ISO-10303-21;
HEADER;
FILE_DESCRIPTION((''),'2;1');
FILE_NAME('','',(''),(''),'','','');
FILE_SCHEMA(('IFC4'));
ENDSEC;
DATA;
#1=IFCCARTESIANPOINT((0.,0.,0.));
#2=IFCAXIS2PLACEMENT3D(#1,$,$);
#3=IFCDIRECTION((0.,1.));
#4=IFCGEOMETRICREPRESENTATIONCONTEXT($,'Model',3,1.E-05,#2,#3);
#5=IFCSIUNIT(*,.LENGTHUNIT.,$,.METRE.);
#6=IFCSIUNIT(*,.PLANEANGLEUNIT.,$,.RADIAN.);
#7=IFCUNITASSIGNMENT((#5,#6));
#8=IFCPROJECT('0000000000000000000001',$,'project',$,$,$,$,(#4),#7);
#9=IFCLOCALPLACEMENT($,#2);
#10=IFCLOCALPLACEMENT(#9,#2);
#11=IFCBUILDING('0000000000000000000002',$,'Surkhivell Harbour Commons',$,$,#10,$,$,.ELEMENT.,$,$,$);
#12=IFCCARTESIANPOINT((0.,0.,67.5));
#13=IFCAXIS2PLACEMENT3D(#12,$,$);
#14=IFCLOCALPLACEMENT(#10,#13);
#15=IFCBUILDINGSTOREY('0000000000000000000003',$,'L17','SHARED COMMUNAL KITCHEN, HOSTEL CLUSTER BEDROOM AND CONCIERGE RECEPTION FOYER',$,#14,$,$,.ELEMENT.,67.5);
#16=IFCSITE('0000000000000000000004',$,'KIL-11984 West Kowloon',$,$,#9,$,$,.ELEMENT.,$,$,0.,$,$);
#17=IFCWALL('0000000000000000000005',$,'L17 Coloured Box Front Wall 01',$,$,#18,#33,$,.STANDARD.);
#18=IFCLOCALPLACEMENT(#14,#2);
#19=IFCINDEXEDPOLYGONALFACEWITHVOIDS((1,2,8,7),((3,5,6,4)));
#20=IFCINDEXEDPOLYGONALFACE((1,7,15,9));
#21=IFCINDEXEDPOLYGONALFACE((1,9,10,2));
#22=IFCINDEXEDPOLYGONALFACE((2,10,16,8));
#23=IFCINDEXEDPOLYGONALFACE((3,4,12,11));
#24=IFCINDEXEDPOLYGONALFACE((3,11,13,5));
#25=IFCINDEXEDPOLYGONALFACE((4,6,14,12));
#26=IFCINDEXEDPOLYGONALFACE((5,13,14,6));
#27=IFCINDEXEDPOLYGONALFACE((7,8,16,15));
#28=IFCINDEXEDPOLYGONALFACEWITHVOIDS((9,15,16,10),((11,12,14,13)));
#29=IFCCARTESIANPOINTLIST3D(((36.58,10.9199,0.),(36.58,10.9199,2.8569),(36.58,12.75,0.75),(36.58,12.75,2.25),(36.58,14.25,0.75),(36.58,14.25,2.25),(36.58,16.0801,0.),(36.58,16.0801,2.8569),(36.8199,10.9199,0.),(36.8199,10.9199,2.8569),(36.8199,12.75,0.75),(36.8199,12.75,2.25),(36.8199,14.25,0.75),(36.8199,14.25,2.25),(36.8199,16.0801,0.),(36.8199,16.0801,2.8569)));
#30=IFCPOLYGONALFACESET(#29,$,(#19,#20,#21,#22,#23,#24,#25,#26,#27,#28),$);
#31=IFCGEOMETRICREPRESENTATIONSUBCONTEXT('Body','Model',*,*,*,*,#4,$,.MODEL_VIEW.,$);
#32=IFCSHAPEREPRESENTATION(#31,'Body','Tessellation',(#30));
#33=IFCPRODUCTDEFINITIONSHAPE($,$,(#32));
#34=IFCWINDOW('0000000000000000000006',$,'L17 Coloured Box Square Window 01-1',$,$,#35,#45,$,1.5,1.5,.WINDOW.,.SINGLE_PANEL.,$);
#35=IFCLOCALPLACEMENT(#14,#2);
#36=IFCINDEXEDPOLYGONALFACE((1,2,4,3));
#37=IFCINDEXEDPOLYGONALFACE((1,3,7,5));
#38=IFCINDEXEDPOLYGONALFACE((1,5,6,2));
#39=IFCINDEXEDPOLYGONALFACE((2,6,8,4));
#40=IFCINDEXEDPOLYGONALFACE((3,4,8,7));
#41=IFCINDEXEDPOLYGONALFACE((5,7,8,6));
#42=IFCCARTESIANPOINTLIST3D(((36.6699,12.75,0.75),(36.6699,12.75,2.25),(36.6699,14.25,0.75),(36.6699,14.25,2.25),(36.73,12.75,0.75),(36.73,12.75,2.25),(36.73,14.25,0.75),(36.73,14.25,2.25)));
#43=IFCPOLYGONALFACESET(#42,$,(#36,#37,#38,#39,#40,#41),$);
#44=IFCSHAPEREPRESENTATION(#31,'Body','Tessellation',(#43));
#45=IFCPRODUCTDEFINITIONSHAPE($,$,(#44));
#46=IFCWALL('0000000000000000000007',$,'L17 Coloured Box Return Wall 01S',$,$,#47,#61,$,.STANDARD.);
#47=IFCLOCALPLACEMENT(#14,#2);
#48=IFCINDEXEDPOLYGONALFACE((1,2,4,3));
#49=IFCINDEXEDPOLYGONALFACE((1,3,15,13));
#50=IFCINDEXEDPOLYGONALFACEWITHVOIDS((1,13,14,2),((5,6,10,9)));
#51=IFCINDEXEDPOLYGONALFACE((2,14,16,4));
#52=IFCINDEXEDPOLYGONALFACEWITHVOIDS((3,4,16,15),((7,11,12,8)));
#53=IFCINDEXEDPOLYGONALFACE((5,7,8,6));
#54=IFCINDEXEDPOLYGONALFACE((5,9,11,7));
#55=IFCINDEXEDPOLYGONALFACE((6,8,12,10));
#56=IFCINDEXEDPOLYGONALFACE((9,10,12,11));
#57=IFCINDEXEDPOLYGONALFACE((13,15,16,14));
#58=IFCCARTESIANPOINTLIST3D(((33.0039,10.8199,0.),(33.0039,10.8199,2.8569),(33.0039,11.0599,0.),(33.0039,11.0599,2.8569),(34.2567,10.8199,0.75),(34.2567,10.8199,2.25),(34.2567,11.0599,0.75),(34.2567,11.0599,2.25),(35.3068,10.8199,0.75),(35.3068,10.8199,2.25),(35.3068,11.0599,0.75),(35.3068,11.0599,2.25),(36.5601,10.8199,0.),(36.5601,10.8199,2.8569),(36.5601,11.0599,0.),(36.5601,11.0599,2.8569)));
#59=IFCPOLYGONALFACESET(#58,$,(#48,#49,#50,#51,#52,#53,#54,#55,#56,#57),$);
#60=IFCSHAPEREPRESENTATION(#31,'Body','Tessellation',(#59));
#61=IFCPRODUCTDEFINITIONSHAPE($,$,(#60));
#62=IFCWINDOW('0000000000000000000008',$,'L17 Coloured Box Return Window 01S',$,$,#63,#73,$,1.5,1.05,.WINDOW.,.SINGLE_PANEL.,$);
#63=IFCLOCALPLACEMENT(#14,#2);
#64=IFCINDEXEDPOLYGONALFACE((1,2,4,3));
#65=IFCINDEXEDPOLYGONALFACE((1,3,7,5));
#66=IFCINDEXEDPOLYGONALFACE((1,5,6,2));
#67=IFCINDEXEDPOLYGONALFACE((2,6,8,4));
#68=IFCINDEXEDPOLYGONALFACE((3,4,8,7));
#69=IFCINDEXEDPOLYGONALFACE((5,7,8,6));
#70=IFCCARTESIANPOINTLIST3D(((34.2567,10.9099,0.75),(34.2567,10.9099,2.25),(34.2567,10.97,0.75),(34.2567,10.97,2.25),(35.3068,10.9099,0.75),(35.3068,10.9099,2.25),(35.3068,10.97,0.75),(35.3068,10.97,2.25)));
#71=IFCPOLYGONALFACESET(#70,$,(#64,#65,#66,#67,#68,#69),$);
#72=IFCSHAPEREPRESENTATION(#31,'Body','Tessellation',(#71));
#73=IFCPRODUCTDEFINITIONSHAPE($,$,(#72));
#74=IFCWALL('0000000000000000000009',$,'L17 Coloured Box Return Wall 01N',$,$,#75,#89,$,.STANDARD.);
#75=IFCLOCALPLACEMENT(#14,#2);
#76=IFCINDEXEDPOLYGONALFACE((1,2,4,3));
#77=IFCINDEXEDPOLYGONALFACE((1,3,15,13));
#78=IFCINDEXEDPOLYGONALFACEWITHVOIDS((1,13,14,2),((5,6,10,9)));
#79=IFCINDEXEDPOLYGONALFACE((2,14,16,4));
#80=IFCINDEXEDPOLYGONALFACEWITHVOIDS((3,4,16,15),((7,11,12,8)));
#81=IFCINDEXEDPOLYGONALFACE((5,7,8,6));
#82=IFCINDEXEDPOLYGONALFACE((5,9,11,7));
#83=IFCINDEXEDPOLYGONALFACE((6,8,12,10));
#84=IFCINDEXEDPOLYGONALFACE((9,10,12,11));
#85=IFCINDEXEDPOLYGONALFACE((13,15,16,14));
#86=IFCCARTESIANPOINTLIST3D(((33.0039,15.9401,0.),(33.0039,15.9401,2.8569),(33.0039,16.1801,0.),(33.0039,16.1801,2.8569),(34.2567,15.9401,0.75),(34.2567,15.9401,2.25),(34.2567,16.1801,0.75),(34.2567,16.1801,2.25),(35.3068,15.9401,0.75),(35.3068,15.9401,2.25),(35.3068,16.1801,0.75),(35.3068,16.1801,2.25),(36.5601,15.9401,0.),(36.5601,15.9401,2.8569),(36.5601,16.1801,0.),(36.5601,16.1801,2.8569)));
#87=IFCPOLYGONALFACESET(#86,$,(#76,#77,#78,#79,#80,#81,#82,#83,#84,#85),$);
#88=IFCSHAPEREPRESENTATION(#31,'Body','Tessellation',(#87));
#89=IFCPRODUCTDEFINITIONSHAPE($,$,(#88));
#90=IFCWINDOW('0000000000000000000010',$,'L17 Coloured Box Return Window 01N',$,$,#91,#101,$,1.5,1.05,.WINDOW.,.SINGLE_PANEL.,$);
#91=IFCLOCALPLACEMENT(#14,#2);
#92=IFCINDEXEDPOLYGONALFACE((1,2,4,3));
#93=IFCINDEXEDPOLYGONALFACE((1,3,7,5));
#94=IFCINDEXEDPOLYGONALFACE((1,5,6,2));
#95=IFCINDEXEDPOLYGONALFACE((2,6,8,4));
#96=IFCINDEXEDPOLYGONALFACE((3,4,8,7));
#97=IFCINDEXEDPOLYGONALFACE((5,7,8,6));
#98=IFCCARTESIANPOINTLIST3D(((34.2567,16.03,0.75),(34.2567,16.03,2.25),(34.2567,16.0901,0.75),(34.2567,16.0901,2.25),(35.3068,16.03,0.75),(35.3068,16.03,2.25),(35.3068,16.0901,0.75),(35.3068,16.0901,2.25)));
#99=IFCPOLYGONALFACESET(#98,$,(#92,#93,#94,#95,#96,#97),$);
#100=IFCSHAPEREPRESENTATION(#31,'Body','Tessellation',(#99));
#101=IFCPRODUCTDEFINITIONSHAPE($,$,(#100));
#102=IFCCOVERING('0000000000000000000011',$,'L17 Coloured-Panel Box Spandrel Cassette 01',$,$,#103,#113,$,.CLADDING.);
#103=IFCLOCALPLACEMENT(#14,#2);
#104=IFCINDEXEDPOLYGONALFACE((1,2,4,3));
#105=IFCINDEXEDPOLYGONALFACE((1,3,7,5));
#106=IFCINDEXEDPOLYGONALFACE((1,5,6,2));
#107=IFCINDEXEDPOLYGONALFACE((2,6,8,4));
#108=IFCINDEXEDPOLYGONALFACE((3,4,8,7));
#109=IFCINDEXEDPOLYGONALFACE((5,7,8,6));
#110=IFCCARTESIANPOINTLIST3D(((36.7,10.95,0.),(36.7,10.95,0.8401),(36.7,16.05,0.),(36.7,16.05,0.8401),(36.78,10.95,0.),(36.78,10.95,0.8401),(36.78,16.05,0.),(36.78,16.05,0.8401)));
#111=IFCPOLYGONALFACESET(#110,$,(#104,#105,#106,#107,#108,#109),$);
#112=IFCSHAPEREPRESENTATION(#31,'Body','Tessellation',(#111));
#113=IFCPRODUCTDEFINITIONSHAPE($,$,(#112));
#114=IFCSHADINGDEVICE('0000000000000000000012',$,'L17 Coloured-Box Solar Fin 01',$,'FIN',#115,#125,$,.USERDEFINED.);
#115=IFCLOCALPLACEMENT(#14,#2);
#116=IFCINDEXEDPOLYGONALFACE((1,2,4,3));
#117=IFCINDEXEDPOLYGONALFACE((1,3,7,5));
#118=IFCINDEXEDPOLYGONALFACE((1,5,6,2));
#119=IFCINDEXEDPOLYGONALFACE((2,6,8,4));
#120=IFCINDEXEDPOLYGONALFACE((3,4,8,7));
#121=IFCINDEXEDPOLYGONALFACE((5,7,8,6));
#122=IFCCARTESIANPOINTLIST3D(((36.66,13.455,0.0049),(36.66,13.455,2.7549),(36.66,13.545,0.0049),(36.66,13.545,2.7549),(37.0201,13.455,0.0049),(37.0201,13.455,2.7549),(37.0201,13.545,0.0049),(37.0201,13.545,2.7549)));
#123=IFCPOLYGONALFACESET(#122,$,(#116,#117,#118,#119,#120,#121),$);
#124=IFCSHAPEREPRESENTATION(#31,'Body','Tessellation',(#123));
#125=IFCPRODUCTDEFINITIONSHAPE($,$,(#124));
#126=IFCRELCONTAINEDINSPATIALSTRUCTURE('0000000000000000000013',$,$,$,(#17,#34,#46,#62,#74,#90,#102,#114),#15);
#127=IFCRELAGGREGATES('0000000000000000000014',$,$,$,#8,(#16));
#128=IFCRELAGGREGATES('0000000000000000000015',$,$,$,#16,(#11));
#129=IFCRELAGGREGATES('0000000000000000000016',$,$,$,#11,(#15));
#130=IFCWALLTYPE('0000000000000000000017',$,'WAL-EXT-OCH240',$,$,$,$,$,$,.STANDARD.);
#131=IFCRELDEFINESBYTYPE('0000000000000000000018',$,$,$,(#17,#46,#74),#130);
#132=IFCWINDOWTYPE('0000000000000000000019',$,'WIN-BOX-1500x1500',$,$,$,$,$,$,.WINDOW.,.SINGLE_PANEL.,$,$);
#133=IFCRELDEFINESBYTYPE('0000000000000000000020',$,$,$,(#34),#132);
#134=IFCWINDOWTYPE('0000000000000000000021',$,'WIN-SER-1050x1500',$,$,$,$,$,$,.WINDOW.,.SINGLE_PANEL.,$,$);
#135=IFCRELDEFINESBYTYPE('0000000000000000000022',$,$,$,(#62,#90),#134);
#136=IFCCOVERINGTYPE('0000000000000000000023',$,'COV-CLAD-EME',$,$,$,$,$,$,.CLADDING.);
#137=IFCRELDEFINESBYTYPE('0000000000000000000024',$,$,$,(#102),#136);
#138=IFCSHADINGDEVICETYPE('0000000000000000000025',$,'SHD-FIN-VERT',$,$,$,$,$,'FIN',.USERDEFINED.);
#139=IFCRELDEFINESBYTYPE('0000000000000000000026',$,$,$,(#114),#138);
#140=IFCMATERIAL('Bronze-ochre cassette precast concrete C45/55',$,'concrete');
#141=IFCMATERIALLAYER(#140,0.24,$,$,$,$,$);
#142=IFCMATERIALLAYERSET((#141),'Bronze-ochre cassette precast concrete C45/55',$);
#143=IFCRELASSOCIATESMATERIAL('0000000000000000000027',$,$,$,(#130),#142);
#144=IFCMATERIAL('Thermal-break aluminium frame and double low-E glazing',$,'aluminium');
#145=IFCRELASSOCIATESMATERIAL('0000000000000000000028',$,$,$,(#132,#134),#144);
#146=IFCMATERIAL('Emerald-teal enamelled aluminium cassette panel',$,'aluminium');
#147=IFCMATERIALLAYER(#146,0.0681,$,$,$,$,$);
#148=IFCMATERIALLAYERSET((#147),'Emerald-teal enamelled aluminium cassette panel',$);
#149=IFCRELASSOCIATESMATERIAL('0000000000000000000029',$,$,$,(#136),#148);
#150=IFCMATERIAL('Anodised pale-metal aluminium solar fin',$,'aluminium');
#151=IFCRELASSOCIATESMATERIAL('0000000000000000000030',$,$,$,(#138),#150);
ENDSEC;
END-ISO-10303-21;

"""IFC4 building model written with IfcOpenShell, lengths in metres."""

from ifc_helpers import new_model, si_unit, direction, frame, frame_2d, origin, origin_2d, place, context, subcontext, project, spatial, rectangle, extrude, material, layer, layer_set, type_object, element, fill, save


model = new_model("IFC4")

# Units and contexts
model_context = context("Model", 3, precision=1e-05, world=origin(), true_north=direction((0.0, 1.0)))
body_context = subcontext(model_context, "Body", "Model", "MODEL_VIEW")
ifc_project = project(units=[si_unit("LENGTHUNIT", "METRE"), si_unit("PLANEANGLEUNIT", "RADIAN")], contexts=[model_context])

# Site, building, storey
site_placement = place(None, origin())
site = spatial("IfcSite", under=ifc_project, at=site_placement, Name="KIL-11984 West Kowloon", CompositionType="ELEMENT", RefElevation=0.0)
building_placement = place(site_placement, origin())
building = spatial("IfcBuilding", under=site, at=building_placement, Name="Surkhivell Harbour Commons", CompositionType="ELEMENT")
storey_placement = place(building_placement, frame((0.0, 0.0, 67.5)))
storey = spatial("IfcBuildingStorey", under=building, at=storey_placement, Name="L17", Description="SHARED COMMUNAL KITCHEN, HOSTEL CLUSTER BEDROOM AND CONCIERGE RECEPTION FOYER", CompositionType="ELEMENT", Elevation=67.5)

# Walls, openings, windows
ifc_material_1 = material(Name="Bronze-ochre cassette precast concrete C45/55", Category="concrete")
ifc_layer_1 = layer(ifc_material_1, 0.24)
ifc_layer_set_1 = layer_set([ifc_layer_1], Name="Bronze-ochre cassette precast concrete C45/55")
wall_type_1 = type_object("IfcWallType", Name="WAL-EXT-OCH240", PredefinedType="STANDARD", material=ifc_layer_set_1)
wall_1_placement = place(storey_placement, frame((36.7, 10.9199, 0.0), z_axis=(0.0, 0.0, 1.0), x_axis=(0.0, 1.0, 0.0)))
wall_1 = element("IfcWall", 1, at=wall_1_placement, inside=storey, type_object=wall_type_1, Name="L17 Coloured Box Front Wall 01", PredefinedType="STANDARD", context=body_context, shape_type="SweptSolid", body=[
    extrude(rectangle(XDim=5.1602, YDim=0.24, at=frame_2d((2.5801, 0.0))), origin(), (0.0, 0.0, 1.0), 2.8569),
])
opening_1_placement = place(wall_1_placement, frame((1.8301, 0.0, 0.75)))
opening_1 = element("IfcOpeningElement", 2, at=opening_1_placement, cuts=wall_1, PredefinedType="OPENING", context=body_context, shape_type="SweptSolid", body=[
    extrude(rectangle(XDim=1.5, YDim=1.5, at=frame_2d((0.75, 0.75))), frame((0.0, 0.1299, 0.0), z_axis=(0.0, -1.0, 0.0), x_axis=(1.0, 0.0, 0.0)), (0.0, 0.0, 1.0), 0.26),
])
ifc_material_2 = material(Name="Thermal-break aluminium frame and double low-E glazing", Category="aluminium")
window_type_1 = type_object("IfcWindowType", Name="WIN-BOX-1500x1500", PartitioningType="SINGLE_PANEL", PredefinedType="WINDOW", material=ifc_material_2)
window_1_placement = place(opening_1_placement, origin())
window_1 = element("IfcWindow", 3, at=window_1_placement, inside=storey, type_object=window_type_1, Name="L17 Coloured Box Square Window 01-1", OverallHeight=1.5, OverallWidth=1.5, PartitioningType="SINGLE_PANEL", PredefinedType="WINDOW", context=body_context, shape_type="SweptSolid", body=[
    extrude(rectangle(XDim=1.5, YDim=1.5, at=frame_2d((0.75, 0.75))), frame((0.0, 0.03, 0.0), z_axis=(0.0, -1.0, 0.0), x_axis=(1.0, 0.0, 0.0)), (0.0, 0.0, 1.0), 0.0601),
])
fill(opening_1, window_1)
wall_2_placement = place(storey_placement, frame((33.0039, 10.9399, 0.0), z_axis=(0.0, 0.0, 1.0), x_axis=(1.0, 0.0, 0.0)))
wall_2 = element("IfcWall", 4, at=wall_2_placement, inside=storey, type_object=wall_type_1, Name="L17 Coloured Box Return Wall 01S", PredefinedType="STANDARD", context=body_context, shape_type="SweptSolid", body=[
    extrude(rectangle(XDim=3.5562, YDim=0.24, at=frame_2d((1.7781, 0.0))), origin(), (0.0, 0.0, 1.0), 2.8569),
])
opening_2_placement = place(wall_2_placement, frame((1.2529, 0.0, 0.75)))
opening_2 = element("IfcOpeningElement", 5, at=opening_2_placement, cuts=wall_2, PredefinedType="OPENING", context=body_context, shape_type="SweptSolid", body=[
    extrude(rectangle(XDim=1.05, YDim=1.5, at=frame_2d((0.5249, 0.75))), frame((0.0, 0.1299, 0.0), z_axis=(0.0, -1.0, 0.0), x_axis=(1.0, 0.0, 0.0)), (0.0, 0.0, 1.0), 0.26),
])
window_type_2 = type_object("IfcWindowType", Name="WIN-SER-1050x1500", PartitioningType="SINGLE_PANEL", PredefinedType="WINDOW", material=ifc_material_2)
window_2_placement = place(opening_2_placement, origin())
window_2 = element("IfcWindow", 6, at=window_2_placement, inside=storey, type_object=window_type_2, Name="L17 Coloured Box Return Window 01S", OverallHeight=1.5, OverallWidth=1.05, PartitioningType="SINGLE_PANEL", PredefinedType="WINDOW", context=body_context, shape_type="SweptSolid", body=[
    extrude(rectangle(XDim=1.05, YDim=1.5, at=frame_2d((0.5249, 0.75))), frame((0.0, 0.03, 0.0), z_axis=(0.0, -1.0, 0.0), x_axis=(1.0, 0.0, 0.0)), (0.0, 0.0, 1.0), 0.0601),
])
fill(opening_2, window_2)
wall_3_placement = place(storey_placement, frame((33.0039, 16.0601, 0.0), z_axis=(0.0, 0.0, 1.0), x_axis=(1.0, 0.0, 0.0)))
wall_3 = element("IfcWall", 7, at=wall_3_placement, inside=storey, type_object=wall_type_1, Name="L17 Coloured Box Return Wall 01N", PredefinedType="STANDARD", context=body_context, shape_type="SweptSolid", body=[
    extrude(rectangle(XDim=3.5562, YDim=0.24, at=frame_2d((1.7781, 0.0))), origin(), (0.0, 0.0, 1.0), 2.8569),
])
opening_3_placement = place(wall_3_placement, frame((1.2529, 0.0, 0.75)))
opening_3 = element("IfcOpeningElement", 8, at=opening_3_placement, cuts=wall_3, PredefinedType="OPENING", context=body_context, shape_type="SweptSolid", body=[
    extrude(rectangle(XDim=1.05, YDim=1.5, at=frame_2d((0.5249, 0.75))), frame((0.0, 0.1299, 0.0), z_axis=(0.0, -1.0, 0.0), x_axis=(1.0, 0.0, 0.0)), (0.0, 0.0, 1.0), 0.26),
])
window_3_placement = place(opening_3_placement, origin())
window_3 = element("IfcWindow", 9, at=window_3_placement, inside=storey, type_object=window_type_2, Name="L17 Coloured Box Return Window 01N", OverallHeight=1.5, OverallWidth=1.05, PartitioningType="SINGLE_PANEL", PredefinedType="WINDOW", context=body_context, shape_type="SweptSolid", body=[
    extrude(rectangle(XDim=1.05, YDim=1.5, at=frame_2d((0.5249, 0.75))), frame((0.0, 0.03, 0.0), z_axis=(0.0, -1.0, 0.0), x_axis=(1.0, 0.0, 0.0)), (0.0, 0.0, 1.0), 0.0601),
])
fill(opening_3, window_3)

# Covering
ifc_material_3 = material(Name="Emerald-teal enamelled aluminium cassette panel", Category="aluminium")
ifc_layer_2 = layer(ifc_material_3, 0.0681)
ifc_layer_set_2 = layer_set([ifc_layer_2], Name="Emerald-teal enamelled aluminium cassette panel")
covering_type = type_object("IfcCoveringType", Name="COV-CLAD-EME", PredefinedType="CLADDING", material=ifc_layer_set_2)
covering_placement = place(storey_placement, frame((36.74, 13.5, 0.0), z_axis=(0.0, 0.0, 1.0), x_axis=(1.0, 0.0, 0.0)))
element("IfcCovering", 10, at=covering_placement, inside=storey, type_object=covering_type, Name="L17 Coloured-Panel Box Spandrel Cassette 01", PredefinedType="CLADDING", context=body_context, shape_type="SweptSolid", body=[
    extrude(rectangle(XDim=0.0801, YDim=5.1001, at=origin_2d()), origin(), (0.0, 0.0, 1.0), 0.8401),
])

# Shading device
ifc_material_4 = material(Name="Anodised pale-metal aluminium solar fin", Category="aluminium")
shading_device_type = type_object("IfcShadingDeviceType", Name="SHD-FIN-VERT", ElementType="FIN", PredefinedType="USERDEFINED", material=ifc_material_4)
shading_device_placement = place(storey_placement, frame((36.8401, 13.5, 0.0049), z_axis=(0.0, 0.0, 1.0), x_axis=(1.0, 0.0, 0.0)))
element("IfcShadingDevice", 11, at=shading_device_placement, inside=storey, type_object=shading_device_type, Name="L17 Coloured-Box Solar Fin 01", ObjectType="FIN", PredefinedType="USERDEFINED", context=body_context, shape_type="SweptSolid", body=[
    extrude(rectangle(XDim=0.3601, YDim=0.0901, at=origin_2d()), origin(), (0.0, 0.0, 1.0), 2.75),
])

save(model, "model.ifc")
